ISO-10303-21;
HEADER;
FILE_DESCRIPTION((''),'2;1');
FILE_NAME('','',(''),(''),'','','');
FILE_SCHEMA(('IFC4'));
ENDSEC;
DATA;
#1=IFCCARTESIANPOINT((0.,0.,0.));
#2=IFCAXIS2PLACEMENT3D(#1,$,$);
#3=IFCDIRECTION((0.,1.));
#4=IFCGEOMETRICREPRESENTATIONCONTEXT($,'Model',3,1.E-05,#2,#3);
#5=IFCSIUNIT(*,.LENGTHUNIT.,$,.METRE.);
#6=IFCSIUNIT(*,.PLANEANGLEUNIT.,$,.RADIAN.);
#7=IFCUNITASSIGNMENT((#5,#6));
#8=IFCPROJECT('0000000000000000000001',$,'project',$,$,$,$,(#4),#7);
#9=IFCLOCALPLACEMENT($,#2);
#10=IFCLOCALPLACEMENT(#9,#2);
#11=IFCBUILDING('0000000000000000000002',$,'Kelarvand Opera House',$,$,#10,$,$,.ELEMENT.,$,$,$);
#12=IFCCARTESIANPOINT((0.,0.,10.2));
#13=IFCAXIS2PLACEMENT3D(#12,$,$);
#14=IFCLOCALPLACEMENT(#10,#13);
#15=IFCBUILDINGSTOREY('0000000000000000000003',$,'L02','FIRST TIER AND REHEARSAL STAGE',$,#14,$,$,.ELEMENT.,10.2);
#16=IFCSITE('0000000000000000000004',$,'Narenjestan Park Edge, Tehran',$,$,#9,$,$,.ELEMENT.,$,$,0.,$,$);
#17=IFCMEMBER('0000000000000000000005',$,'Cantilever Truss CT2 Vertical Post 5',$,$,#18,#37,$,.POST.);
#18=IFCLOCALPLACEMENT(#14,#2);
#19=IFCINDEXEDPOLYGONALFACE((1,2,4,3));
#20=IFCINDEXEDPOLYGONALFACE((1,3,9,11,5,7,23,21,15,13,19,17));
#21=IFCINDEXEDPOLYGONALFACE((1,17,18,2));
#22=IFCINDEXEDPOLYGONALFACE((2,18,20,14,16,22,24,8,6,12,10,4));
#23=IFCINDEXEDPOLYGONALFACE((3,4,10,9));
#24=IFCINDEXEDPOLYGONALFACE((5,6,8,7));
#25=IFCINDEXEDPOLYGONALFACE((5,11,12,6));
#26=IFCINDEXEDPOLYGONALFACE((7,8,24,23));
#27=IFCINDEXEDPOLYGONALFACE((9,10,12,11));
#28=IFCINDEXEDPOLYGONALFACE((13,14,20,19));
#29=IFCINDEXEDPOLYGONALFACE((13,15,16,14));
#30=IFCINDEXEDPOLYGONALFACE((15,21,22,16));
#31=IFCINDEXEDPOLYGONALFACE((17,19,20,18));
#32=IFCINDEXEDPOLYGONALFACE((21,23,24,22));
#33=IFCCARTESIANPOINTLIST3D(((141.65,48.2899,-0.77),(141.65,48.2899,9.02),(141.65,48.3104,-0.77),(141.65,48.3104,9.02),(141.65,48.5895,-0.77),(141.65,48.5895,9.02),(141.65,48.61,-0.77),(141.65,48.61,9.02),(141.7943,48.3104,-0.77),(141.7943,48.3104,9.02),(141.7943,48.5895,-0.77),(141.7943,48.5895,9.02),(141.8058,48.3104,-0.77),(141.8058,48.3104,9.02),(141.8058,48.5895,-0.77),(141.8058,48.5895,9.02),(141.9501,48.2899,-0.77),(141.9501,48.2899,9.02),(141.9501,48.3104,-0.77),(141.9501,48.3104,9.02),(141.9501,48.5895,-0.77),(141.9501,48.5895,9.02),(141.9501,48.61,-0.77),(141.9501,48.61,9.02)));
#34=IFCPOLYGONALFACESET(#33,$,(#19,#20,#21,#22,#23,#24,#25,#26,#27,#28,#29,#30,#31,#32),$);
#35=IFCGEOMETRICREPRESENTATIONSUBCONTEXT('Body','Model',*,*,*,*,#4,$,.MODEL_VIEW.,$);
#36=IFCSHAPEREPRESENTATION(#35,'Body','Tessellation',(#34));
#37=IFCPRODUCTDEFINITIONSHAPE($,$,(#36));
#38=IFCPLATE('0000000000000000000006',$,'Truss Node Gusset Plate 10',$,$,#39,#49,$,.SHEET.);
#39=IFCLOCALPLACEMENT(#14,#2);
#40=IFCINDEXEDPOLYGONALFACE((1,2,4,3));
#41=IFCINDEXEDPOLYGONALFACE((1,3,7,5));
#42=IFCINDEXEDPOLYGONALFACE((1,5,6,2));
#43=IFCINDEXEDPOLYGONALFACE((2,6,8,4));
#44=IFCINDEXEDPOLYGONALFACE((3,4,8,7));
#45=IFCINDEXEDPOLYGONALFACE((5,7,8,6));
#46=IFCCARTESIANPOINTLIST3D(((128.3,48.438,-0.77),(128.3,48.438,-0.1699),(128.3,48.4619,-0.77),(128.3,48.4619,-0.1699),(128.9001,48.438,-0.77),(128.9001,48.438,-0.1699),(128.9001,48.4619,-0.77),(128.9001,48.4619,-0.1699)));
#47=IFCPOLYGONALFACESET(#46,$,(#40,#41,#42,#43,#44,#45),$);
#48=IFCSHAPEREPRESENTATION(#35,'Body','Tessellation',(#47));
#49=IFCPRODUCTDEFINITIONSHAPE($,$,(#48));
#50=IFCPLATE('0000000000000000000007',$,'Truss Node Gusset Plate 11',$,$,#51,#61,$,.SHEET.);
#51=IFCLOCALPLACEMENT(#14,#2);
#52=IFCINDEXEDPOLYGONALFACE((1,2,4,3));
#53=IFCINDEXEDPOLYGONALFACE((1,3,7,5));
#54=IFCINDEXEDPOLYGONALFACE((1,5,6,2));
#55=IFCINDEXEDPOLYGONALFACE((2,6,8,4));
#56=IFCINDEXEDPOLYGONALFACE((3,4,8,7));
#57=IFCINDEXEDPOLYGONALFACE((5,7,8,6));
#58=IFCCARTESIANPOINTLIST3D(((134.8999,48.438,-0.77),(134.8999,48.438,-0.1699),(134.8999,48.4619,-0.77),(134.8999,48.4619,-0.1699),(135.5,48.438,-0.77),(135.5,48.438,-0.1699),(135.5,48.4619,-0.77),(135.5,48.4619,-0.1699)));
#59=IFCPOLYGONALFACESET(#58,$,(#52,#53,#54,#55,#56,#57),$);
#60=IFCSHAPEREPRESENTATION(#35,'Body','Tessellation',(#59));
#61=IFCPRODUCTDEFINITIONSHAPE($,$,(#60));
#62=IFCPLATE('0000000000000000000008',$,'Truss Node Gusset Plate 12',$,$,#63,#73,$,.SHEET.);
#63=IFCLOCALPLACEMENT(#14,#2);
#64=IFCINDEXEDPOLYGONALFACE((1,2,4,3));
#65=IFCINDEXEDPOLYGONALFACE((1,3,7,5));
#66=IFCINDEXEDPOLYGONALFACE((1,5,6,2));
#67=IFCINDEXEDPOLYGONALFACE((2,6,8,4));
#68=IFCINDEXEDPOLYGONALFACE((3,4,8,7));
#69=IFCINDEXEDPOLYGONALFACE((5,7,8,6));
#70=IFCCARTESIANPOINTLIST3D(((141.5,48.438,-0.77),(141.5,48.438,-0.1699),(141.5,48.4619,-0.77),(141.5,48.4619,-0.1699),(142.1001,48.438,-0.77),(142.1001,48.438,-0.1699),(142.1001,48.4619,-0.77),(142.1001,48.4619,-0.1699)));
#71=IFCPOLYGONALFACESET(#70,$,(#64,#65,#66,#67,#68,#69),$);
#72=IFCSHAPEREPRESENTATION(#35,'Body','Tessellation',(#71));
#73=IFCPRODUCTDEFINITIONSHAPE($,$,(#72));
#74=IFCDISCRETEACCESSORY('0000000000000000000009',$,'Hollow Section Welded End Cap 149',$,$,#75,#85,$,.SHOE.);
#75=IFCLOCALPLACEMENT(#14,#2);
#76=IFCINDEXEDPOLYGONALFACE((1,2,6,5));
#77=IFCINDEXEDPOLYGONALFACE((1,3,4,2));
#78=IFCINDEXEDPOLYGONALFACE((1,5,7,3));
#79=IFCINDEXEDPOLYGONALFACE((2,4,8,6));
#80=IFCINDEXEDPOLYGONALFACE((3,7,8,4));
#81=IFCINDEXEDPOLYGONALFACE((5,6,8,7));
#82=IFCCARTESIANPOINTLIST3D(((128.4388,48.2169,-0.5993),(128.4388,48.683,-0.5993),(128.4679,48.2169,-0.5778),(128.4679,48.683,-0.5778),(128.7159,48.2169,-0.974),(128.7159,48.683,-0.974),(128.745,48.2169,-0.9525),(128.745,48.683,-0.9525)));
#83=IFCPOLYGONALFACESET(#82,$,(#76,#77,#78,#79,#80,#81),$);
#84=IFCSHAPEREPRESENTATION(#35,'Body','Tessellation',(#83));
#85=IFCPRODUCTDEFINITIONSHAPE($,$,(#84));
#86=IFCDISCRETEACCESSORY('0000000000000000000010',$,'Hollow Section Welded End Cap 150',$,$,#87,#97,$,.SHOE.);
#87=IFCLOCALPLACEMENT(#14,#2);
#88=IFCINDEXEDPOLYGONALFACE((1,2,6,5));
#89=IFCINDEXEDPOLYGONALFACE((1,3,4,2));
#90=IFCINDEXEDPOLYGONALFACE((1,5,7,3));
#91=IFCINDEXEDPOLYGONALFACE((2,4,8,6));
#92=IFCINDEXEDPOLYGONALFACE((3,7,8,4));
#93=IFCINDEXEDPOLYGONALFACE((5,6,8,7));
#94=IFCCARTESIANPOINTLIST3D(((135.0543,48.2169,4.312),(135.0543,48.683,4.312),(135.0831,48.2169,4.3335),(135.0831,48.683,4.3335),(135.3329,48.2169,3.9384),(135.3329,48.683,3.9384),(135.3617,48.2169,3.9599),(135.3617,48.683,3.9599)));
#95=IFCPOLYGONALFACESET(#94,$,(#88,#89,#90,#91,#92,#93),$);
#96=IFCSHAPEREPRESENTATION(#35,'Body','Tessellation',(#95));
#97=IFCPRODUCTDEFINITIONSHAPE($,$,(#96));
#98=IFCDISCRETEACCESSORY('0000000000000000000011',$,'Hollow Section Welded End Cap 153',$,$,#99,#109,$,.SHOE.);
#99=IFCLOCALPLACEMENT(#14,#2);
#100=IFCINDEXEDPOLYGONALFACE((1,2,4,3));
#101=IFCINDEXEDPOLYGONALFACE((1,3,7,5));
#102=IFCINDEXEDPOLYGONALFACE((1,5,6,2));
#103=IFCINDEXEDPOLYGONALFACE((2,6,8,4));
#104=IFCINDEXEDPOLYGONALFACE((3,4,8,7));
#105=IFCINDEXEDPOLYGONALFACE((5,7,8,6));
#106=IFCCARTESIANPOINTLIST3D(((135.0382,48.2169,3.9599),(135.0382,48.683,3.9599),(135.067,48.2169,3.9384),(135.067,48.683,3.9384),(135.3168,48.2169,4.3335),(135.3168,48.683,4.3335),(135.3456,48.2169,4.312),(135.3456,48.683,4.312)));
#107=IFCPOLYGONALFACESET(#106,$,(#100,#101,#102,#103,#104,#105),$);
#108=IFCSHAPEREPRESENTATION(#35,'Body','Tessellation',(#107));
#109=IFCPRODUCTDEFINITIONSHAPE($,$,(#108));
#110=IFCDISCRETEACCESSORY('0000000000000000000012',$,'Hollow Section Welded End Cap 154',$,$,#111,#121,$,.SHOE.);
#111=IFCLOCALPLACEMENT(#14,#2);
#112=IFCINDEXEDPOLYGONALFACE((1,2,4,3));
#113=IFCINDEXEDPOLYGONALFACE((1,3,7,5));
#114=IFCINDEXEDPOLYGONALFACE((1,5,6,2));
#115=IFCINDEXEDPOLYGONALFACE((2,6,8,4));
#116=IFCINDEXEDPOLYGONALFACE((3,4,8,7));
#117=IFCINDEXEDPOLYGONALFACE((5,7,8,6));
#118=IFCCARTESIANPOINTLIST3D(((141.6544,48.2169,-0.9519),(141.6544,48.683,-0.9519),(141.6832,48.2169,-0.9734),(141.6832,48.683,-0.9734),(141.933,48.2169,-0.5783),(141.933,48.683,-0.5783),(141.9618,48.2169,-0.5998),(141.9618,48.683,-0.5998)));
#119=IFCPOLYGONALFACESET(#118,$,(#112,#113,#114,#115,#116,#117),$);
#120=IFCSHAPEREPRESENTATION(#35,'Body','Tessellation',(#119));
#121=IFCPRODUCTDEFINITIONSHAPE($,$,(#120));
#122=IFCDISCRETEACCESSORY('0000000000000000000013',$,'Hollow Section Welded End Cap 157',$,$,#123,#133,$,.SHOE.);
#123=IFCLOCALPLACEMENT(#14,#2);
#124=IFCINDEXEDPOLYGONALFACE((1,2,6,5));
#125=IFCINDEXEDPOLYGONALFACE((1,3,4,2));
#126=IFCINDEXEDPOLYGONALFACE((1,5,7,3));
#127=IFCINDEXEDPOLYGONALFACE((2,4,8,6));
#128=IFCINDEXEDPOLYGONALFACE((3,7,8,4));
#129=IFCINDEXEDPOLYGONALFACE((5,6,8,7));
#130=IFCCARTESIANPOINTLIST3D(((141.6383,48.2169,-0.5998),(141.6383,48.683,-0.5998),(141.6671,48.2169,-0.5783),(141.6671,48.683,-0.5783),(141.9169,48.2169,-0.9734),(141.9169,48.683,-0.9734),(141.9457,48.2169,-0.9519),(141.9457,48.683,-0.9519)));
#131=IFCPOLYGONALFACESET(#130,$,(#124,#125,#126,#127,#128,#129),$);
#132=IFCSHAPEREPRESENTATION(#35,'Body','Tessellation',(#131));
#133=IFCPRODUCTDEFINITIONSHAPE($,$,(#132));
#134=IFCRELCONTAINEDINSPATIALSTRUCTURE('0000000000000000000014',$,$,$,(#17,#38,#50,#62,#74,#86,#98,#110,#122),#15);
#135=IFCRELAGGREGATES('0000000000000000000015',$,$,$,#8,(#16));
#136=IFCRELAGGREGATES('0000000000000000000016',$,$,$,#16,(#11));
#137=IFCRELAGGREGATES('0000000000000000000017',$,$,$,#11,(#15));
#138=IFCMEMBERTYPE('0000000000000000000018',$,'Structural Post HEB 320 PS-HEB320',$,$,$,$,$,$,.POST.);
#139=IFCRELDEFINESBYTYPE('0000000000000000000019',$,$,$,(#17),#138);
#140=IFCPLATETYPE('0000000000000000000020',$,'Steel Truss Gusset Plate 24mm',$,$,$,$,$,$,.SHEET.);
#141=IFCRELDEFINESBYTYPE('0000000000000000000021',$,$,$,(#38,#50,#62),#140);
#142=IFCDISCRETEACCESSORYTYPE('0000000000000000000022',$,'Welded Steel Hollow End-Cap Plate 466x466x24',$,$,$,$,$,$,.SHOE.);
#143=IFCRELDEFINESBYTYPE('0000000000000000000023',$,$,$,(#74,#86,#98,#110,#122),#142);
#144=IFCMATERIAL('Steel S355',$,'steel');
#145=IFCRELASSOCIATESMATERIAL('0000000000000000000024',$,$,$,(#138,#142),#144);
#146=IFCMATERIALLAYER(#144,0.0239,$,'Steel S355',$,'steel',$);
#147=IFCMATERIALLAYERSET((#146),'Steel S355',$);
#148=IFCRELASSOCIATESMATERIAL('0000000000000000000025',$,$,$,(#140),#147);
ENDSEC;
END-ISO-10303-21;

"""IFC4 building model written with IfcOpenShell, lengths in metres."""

from ifc_helpers import new_model, si_unit, direction, frame, origin, origin_2d, place, context, subcontext, project, spatial, rectangle, i_section, extrude, material, layer, layer_set, material_profile, profile_set, type_object, element, save


model = new_model("IFC4")

# Units and contexts
model_context = context("Model", 3, precision=1e-05, world=origin(), true_north=direction((0.0, 1.0)))
body_context = subcontext(model_context, "Body", "Model", "MODEL_VIEW")
ifc_project = project(units=[si_unit("LENGTHUNIT", "METRE"), si_unit("PLANEANGLEUNIT", "RADIAN")], contexts=[model_context])

# Site, building, storey
site_placement = place(None, origin())
site = spatial("IfcSite", under=ifc_project, at=site_placement, Name="Narenjestan Park Edge, Tehran", CompositionType="ELEMENT", RefElevation=0.0)
building_placement = place(site_placement, origin())
building = spatial("IfcBuilding", under=site, at=building_placement, Name="Kelarvand Opera House", CompositionType="ELEMENT")
storey_placement = place(building_placement, frame((0.0, 0.0, 10.2)))
storey = spatial("IfcBuildingStorey", under=building, at=storey_placement, Name="L02", Description="FIRST TIER AND REHEARSAL STAGE", CompositionType="ELEMENT", Elevation=10.2)

# Shared definitions
ifc_material_1 = material(Name="Steel S355", Category="steel")

# Member
ifc_material_profile_1 = material_profile(ifc_material_1, i_section(OverallWidth=0.3, OverallDepth=0.3201, WebThickness=0.0115, FlangeThickness=0.0205, at=origin_2d()), Name="HEB 320", Category="steel")
ifc_profile_set_1 = profile_set([ifc_material_profile_1], Name="Steel S355")
member_type_1 = type_object("IfcMemberType", Name="Structural Post HEB 320 PS-HEB320", PredefinedType="POST", material=ifc_profile_set_1)
for number, where, z_axis, x_axis, name in (
    (1, (141.8, 48.45, -0.77), (0.0, 0.0, 1.0), (1.0, 0.0, 0.0), "Cantilever Truss CT2 Vertical Post 5"),
):
    element("IfcMember", number, at=place(storey_placement, frame(where, z_axis=z_axis, x_axis=x_axis)), inside=storey, type_object=member_type_1, Name=name, PredefinedType="POST", context=body_context, shape_type="SweptSolid", body=[
        extrude(i_section(OverallWidth=0.3, OverallDepth=0.3201, WebThickness=0.0115, FlangeThickness=0.0205, at=origin_2d()), origin(), (0.0, 0.0, 1.0), 9.79),
    ])

# Plates
ifc_layer = layer(ifc_material_1, 0.0239, Name="Steel S355", Category="steel")
ifc_layer_set = layer_set([ifc_layer], Name="Steel S355")
plate_type = type_object("IfcPlateType", Name="Steel Truss Gusset Plate 24mm", PredefinedType="SHEET", material=ifc_layer_set)
for number, where, z_axis, x_axis, name in (
    (2, (128.6001, 48.45, -0.77), (0.0, 0.0, 1.0), (1.0, 0.0, 0.0), "Truss Node Gusset Plate 10"),
    (3, (135.2, 48.45, -0.77), (0.0, 0.0, 1.0), (1.0, 0.0, 0.0), "Truss Node Gusset Plate 11"),
    (4, (141.8, 48.45, -0.77), (0.0, 0.0, 1.0), (1.0, 0.0, 0.0), "Truss Node Gusset Plate 12"),
):
    element("IfcPlate", number, at=place(storey_placement, frame(where, z_axis=z_axis, x_axis=x_axis)), inside=storey, type_object=plate_type, Name=name, PredefinedType="SHEET", context=body_context, shape_type="SweptSolid", body=[
        extrude(rectangle(XDim=0.6001, YDim=0.0239, at=origin_2d()), origin(), (0.0, 0.0, 1.0), 0.6001),
    ])

# Discrete accessories
ifc_material_profile_2 = material_profile(ifc_material_1, rectangle(XDim=0.4661, YDim=0.4661, at=origin_2d()), Name="Welded Steel Hollow End-Cap Plate 466x466x24", Category="steel")
ifc_profile_set_2 = profile_set([ifc_material_profile_2], Name="Steel S355")
discrete_accessory_type = type_object("IfcDiscreteAccessoryType", Name="Welded Steel Hollow End-Cap Plate 466x466x24", PredefinedType="SHOE", material=ifc_profile_set_2)
discrete_accessory_placement = place(storey_placement, frame((128.6064, 48.45, -0.7651), z_axis=(-0.804036, 0.0, -0.594581), x_axis=(0.0, -1.0, 0.0)))
element("IfcDiscreteAccessory", 5, at=discrete_accessory_placement, inside=storey, type_object=discrete_accessory_type, Name="Hollow Section Welded End Cap 149", PredefinedType="SHOE", context=body_context, shape_type="SweptSolid", body=[
    extrude(rectangle(XDim=0.4661, YDim=0.4661, at=origin_2d()), origin(), (0.0, 0.0, 1.0), 0.0361),
])
for number, where, z_axis, x_axis, name in (
    (6, (135.1936, 48.45, 4.1252), (0.801627, 0.0, 0.597824), (0.0, 1.0, 0.0), "Hollow Section Welded End Cap 150"),
    (7, (135.2063, 48.45, 4.1252), (-0.801627, 0.0, 0.597824), (0.0, -1.0, 0.0), "Hollow Section Welded End Cap 153"),
    (8, (141.7937, 48.45, -0.7651), (0.801627, 0.0, -0.597824), (0.0, 1.0, 0.0), "Hollow Section Welded End Cap 154"),
    (9, (141.8064, 48.45, -0.7651), (-0.801627, 0.0, -0.597824), (0.0, -1.0, 0.0), "Hollow Section Welded End Cap 157"),
):
    element("IfcDiscreteAccessory", number, at=place(storey_placement, frame(where, z_axis=z_axis, x_axis=x_axis)), inside=storey, type_object=discrete_accessory_type, Name=name, PredefinedType="SHOE", context=body_context, shape_type="SweptSolid", body=[
        extrude(rectangle(XDim=0.4661, YDim=0.4661, at=origin_2d()), origin(), (0.0, 0.0, 1.0), 0.0359),
    ])

save(model, "model.ifc")
